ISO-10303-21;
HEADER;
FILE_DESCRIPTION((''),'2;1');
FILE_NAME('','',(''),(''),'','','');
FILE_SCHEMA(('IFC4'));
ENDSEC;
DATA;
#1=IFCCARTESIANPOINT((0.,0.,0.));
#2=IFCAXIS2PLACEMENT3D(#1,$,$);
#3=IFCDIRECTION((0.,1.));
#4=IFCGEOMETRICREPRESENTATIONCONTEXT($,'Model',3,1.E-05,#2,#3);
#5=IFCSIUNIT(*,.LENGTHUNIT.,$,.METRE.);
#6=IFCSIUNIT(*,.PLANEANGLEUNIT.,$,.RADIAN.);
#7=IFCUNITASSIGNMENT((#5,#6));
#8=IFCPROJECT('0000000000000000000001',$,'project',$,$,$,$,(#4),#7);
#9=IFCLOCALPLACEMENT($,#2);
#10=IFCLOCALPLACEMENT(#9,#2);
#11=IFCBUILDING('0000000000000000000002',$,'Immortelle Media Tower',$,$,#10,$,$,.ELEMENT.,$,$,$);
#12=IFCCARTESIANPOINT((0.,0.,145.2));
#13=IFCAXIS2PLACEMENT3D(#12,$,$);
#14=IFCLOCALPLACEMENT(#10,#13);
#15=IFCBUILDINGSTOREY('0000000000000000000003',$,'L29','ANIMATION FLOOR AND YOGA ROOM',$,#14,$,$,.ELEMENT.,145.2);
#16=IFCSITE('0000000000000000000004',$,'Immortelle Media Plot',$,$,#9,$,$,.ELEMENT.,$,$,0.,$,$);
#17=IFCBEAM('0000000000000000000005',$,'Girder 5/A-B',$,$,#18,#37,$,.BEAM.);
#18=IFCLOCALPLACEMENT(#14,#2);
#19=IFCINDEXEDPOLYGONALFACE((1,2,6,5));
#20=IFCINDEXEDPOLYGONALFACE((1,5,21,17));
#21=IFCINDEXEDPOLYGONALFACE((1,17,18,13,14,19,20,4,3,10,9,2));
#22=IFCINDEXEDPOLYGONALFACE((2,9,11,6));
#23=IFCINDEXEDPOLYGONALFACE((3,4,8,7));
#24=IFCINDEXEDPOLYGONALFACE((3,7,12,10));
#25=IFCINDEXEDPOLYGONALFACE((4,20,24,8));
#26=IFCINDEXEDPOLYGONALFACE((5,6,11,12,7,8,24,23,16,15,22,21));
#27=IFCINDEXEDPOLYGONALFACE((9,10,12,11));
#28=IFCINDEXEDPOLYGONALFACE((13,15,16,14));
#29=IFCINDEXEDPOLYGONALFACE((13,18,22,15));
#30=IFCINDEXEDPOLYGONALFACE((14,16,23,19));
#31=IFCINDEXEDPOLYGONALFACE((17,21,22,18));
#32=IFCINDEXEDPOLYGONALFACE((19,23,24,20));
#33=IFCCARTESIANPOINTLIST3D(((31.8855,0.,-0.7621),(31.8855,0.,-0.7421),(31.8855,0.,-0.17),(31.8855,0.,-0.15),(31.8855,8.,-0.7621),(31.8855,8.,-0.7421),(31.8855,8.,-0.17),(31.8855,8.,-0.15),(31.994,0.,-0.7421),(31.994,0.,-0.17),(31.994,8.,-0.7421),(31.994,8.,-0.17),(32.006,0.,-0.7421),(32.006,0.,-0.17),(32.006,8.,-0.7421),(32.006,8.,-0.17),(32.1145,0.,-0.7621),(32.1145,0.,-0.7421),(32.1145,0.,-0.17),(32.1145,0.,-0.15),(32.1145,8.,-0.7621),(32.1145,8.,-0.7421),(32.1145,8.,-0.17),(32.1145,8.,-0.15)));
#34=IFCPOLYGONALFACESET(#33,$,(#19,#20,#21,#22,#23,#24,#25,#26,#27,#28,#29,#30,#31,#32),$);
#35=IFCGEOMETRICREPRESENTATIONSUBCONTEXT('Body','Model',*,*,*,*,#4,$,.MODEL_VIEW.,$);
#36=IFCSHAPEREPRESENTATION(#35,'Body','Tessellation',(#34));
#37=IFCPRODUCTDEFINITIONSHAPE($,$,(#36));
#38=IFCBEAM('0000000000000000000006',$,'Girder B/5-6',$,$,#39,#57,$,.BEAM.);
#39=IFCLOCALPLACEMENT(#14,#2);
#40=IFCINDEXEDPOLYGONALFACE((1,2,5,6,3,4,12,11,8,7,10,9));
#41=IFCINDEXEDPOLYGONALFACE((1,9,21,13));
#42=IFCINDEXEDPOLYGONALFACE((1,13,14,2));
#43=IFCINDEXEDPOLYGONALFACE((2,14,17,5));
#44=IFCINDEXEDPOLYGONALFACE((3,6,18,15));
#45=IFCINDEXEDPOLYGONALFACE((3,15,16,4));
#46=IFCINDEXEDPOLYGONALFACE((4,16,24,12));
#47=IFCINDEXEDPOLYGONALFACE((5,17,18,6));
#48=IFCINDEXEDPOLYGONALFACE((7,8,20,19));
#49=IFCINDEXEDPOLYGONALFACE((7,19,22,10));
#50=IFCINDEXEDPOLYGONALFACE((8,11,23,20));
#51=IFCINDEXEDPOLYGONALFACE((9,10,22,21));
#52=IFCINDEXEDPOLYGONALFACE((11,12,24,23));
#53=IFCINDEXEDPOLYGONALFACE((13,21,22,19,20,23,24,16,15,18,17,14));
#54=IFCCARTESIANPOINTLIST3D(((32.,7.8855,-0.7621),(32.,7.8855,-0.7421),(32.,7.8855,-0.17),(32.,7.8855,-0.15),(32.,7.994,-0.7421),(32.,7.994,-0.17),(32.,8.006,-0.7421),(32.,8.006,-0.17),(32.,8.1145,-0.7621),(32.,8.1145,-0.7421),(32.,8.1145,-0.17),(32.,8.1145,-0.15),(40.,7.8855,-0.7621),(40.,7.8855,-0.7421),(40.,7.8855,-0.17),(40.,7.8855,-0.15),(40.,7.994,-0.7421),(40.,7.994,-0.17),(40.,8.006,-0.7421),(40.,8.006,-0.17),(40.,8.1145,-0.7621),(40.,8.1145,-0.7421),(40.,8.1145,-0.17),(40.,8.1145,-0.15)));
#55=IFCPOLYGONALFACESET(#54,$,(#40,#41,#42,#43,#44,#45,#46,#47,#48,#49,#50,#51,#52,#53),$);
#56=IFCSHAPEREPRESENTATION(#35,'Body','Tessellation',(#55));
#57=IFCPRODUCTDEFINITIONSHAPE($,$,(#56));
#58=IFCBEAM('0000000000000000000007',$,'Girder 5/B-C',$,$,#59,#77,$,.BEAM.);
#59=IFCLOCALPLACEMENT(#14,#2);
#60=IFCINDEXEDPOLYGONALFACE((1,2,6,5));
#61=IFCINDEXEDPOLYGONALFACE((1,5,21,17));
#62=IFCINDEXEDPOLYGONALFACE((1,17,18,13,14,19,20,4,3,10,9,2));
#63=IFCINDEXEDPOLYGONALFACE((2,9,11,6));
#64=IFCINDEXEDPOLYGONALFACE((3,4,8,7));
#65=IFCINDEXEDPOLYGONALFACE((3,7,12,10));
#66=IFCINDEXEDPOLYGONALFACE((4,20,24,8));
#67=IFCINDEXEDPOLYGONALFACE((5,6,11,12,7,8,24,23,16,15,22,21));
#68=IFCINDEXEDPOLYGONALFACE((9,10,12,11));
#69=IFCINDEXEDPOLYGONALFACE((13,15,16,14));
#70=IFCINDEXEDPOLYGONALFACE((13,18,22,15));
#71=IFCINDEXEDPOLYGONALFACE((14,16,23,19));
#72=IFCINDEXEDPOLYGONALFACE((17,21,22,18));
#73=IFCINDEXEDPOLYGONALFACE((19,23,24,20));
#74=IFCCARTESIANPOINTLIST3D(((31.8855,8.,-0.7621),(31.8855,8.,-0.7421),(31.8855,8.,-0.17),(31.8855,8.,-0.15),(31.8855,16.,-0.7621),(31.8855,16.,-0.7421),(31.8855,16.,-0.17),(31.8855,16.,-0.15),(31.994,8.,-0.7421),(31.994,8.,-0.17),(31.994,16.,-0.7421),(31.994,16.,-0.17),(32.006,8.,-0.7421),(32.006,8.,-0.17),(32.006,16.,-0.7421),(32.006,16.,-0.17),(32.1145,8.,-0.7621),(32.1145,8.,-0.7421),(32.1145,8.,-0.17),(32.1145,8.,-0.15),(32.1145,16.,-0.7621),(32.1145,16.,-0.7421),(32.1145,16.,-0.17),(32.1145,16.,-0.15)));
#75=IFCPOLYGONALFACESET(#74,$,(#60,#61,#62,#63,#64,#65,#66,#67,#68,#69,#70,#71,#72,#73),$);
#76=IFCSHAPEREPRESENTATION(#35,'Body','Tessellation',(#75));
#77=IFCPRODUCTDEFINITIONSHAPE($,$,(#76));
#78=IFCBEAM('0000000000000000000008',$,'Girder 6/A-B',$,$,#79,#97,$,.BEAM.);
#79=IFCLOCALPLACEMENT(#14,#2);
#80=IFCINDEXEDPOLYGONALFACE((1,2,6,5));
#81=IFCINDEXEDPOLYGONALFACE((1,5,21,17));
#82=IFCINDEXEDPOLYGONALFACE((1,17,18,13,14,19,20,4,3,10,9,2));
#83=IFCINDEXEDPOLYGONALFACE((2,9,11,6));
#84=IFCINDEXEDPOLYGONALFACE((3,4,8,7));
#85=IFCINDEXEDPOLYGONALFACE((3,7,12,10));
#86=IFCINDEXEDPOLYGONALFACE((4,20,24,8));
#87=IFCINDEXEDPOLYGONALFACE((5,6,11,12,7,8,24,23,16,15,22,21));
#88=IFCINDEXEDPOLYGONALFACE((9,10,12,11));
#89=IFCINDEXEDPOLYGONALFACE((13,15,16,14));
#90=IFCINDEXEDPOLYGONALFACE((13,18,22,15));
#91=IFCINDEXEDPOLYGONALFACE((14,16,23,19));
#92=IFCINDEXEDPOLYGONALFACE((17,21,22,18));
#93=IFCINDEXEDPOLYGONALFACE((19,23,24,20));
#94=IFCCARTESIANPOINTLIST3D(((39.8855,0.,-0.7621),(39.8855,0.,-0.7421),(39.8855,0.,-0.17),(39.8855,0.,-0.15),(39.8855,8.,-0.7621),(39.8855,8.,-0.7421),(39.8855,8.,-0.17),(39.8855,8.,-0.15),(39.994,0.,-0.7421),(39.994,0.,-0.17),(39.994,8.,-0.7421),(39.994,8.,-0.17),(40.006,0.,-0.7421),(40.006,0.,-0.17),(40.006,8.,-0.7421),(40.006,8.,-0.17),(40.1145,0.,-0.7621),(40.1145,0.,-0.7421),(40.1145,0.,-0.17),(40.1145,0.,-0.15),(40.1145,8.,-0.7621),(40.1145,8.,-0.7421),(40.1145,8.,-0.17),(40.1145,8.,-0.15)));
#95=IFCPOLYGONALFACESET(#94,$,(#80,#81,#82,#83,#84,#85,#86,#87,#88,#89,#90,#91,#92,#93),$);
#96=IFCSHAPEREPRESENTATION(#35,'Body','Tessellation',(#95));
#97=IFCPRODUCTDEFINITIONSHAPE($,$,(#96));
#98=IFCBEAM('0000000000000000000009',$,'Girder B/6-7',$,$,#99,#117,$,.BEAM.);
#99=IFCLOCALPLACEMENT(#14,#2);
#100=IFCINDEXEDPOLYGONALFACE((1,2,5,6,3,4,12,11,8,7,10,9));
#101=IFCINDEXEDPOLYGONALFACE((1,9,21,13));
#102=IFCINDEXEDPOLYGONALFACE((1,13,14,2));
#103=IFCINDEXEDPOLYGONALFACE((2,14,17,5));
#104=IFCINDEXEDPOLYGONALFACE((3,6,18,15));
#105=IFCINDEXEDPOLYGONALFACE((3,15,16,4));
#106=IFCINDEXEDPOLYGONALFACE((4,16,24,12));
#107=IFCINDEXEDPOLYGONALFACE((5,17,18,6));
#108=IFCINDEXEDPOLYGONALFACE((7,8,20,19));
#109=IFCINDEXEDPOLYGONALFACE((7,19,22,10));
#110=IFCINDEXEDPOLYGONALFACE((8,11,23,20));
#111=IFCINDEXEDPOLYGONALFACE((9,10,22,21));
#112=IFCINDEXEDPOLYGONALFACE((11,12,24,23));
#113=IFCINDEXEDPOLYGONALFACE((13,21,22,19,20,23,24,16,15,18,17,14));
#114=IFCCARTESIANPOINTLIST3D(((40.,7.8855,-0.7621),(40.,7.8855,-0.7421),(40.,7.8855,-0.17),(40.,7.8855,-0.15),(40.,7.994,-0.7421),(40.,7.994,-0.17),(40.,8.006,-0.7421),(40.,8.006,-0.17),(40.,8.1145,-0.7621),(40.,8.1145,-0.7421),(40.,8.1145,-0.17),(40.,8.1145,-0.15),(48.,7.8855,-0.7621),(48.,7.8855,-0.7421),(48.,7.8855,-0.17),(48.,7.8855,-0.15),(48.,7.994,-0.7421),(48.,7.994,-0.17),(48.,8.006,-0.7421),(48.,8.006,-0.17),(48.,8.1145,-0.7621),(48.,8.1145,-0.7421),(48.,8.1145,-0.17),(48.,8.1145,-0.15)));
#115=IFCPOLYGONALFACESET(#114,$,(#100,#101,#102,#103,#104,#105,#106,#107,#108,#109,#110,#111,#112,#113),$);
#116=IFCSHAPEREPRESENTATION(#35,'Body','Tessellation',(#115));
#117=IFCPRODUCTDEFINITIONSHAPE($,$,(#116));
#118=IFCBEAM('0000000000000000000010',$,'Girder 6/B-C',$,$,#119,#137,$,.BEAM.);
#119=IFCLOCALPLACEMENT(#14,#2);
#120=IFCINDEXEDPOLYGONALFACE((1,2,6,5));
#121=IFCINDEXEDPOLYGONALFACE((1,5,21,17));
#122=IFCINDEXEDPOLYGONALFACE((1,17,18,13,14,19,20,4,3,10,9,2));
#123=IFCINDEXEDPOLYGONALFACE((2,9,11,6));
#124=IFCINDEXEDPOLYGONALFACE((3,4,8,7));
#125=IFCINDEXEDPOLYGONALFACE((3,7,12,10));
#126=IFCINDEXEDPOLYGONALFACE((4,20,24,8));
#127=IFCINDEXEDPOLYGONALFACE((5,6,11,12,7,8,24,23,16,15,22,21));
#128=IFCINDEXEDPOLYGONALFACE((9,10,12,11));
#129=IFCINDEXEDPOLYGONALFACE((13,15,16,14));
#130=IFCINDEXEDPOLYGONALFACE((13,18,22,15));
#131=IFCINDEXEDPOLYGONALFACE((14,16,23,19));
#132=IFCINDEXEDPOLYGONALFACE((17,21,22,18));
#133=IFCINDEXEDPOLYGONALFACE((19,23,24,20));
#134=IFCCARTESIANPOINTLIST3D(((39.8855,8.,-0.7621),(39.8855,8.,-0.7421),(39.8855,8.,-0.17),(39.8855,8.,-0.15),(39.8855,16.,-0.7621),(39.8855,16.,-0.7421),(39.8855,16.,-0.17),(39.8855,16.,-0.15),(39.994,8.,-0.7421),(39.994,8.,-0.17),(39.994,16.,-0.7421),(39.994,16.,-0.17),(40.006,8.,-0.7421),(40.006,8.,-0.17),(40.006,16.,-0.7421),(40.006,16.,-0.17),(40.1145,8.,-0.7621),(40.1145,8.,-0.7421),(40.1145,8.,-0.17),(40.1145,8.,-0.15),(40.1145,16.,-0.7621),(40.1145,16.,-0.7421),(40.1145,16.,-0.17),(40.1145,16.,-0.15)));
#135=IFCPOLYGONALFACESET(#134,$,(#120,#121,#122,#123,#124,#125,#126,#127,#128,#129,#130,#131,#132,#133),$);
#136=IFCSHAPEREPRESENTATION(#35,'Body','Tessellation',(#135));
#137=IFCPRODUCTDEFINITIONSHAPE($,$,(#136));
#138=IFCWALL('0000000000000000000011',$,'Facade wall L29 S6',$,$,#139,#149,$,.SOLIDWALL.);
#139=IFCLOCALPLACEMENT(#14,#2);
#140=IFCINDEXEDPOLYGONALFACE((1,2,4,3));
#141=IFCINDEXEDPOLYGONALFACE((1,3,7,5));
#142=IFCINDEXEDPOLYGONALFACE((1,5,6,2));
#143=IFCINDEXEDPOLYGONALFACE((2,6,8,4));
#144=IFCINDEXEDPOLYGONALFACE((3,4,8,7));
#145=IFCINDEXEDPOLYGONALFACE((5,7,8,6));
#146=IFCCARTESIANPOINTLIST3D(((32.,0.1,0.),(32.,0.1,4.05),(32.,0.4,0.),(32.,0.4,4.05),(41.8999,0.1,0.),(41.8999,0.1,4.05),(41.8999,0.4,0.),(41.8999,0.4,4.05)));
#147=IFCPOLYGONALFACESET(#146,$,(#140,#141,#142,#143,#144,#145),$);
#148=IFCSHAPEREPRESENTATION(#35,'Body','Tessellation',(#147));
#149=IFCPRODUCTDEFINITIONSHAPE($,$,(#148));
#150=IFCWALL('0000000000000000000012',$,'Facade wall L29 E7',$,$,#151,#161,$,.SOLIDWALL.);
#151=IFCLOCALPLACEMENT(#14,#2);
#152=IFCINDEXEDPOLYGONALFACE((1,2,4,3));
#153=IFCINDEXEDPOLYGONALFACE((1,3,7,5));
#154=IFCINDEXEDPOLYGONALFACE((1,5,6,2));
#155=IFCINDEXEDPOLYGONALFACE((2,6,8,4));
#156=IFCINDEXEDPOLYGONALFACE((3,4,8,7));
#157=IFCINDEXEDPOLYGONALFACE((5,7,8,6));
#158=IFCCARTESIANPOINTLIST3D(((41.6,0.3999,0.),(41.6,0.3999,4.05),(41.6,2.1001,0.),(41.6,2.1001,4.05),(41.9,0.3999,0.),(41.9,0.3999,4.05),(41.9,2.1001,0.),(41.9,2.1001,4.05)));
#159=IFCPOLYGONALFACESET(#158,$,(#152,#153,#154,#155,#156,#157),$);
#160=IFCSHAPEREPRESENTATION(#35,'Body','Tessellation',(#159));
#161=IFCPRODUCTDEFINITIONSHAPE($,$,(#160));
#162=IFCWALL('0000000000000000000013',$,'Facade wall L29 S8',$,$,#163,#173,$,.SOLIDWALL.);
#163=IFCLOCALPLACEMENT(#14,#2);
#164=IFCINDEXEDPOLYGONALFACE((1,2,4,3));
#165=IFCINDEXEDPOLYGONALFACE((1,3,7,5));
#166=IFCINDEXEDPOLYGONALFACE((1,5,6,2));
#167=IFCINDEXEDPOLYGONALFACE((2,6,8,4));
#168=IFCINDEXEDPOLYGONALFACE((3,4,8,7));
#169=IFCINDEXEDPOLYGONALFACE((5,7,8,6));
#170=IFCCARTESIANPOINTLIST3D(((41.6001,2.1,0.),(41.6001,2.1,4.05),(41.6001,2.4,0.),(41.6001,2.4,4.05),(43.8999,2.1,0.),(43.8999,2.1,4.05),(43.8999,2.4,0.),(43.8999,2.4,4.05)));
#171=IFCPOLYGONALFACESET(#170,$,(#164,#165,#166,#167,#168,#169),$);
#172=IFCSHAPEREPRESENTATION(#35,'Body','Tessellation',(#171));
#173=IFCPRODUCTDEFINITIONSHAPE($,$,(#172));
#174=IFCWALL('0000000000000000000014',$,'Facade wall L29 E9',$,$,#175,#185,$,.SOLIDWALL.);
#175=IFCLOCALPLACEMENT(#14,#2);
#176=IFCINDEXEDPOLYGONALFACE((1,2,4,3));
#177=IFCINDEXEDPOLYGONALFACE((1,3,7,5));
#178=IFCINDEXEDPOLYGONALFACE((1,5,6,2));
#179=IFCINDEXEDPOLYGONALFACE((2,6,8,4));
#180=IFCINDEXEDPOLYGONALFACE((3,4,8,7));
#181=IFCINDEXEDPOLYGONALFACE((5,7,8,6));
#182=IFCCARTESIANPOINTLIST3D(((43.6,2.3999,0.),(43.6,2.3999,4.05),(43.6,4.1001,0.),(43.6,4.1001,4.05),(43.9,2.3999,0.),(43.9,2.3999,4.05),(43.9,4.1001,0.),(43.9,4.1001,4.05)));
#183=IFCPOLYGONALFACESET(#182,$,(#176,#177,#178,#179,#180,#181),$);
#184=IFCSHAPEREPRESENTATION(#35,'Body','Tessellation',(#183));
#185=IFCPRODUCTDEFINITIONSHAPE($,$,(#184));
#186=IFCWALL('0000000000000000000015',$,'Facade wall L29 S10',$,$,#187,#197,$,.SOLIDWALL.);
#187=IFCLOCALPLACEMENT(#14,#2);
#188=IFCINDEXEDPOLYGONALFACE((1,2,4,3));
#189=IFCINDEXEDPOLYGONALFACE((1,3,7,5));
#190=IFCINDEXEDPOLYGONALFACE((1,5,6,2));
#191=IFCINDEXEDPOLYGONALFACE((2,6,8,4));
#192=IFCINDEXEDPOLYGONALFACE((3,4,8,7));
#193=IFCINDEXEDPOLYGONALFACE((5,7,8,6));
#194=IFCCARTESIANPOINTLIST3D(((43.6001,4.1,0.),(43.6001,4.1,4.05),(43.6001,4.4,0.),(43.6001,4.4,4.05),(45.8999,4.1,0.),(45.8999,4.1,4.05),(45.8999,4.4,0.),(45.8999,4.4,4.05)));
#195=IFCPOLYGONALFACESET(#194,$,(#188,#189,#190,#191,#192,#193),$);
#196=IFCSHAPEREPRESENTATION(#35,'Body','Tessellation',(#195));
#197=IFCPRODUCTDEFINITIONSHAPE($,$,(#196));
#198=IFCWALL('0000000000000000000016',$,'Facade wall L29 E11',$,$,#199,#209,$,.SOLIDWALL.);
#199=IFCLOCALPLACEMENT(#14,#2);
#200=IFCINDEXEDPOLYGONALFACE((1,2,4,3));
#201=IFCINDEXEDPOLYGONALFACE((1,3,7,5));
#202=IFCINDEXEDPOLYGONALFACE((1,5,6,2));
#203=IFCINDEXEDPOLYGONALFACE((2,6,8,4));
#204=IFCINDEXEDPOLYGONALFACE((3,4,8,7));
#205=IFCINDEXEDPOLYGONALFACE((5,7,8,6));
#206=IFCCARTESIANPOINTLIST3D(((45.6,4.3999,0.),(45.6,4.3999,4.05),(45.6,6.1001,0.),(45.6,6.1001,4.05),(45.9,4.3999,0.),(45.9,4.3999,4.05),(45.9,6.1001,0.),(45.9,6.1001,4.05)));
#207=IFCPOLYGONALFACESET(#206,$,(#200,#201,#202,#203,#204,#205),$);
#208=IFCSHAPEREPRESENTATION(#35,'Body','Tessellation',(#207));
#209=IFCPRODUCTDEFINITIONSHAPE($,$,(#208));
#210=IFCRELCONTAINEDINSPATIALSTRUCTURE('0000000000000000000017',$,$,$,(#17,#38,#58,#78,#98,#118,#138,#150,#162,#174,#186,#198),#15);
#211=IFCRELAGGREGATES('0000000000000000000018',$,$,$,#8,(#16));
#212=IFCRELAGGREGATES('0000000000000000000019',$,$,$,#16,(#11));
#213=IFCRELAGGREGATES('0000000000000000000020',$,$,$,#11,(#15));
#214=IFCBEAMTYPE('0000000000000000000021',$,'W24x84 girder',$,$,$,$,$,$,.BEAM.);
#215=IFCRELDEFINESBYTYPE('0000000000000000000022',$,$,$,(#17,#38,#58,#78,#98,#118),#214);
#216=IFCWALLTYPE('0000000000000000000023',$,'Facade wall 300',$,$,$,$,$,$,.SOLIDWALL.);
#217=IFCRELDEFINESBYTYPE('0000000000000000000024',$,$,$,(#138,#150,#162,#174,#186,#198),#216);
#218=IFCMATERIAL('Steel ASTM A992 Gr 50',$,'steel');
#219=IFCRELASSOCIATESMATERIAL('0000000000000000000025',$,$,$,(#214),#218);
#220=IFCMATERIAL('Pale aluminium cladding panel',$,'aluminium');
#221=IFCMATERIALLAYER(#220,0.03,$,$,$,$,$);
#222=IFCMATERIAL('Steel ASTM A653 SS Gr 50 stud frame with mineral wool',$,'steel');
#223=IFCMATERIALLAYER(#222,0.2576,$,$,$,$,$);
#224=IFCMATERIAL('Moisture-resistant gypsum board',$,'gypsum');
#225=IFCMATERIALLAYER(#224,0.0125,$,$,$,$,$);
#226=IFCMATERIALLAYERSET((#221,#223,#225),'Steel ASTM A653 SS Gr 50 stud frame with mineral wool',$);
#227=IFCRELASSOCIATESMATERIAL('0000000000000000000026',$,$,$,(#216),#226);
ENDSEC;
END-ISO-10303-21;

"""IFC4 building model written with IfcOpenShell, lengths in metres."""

from ifc_helpers import new_model, si_unit, direction, frame, frame_2d, origin, origin_2d, place, context, subcontext, project, spatial, rectangle, i_section, extrude, material, layer, layer_set, material_profile, profile_set, type_object, element, save


model = new_model("IFC4")

# Units and contexts
model_context = context("Model", 3, precision=1e-05, world=origin(), true_north=direction((0.0, 1.0)))
body_context = subcontext(model_context, "Body", "Model", "MODEL_VIEW")
ifc_project = project(units=[si_unit("LENGTHUNIT", "METRE"), si_unit("PLANEANGLEUNIT", "RADIAN")], contexts=[model_context])

# Site, building, storey
site_placement = place(None, origin())
site = spatial("IfcSite", under=ifc_project, at=site_placement, Name="Immortelle Media Plot", CompositionType="ELEMENT", RefElevation=0.0)
building_placement = place(site_placement, origin())
building = spatial("IfcBuilding", under=site, at=building_placement, Name="Immortelle Media Tower", CompositionType="ELEMENT")
storey_placement = place(building_placement, frame((0.0, 0.0, 145.2)))
storey = spatial("IfcBuildingStorey", under=building, at=storey_placement, Name="L29", Description="ANIMATION FLOOR AND YOGA ROOM", CompositionType="ELEMENT", Elevation=145.2)

# Shared definitions
ifc_material_1 = material(Name="Steel ASTM A992 Gr 50", Category="steel")

# Beams
ifc_material_profile_1 = material_profile(ifc_material_1, i_section(OverallWidth=0.229, OverallDepth=0.6121, WebThickness=0.012, FlangeThickness=0.02, at=origin_2d()), Name="W24x84")
ifc_profile_set_1 = profile_set([ifc_material_profile_1], Name="Steel ASTM A992 Gr 50")
beam_type_1 = type_object("IfcBeamType", Name="W24x84 girder", PredefinedType="BEAM", material=ifc_profile_set_1)
for number, where, z_axis, x_axis, name in (
    (1, (32.0, 0.0, -0.4561), (0.0, 1.0, 0.0), (-1.0, 0.0, 0.0), "Girder 5/A-B"),
    (2, (32.0, 8.0, -0.4561), (1.0, 0.0, 0.0), (0.0, 1.0, 0.0), "Girder B/5-6"),
    (3, (32.0, 8.0, -0.4561), (0.0, 1.0, 0.0), (-1.0, 0.0, 0.0), "Girder 5/B-C"),
    (4, (40.0, 0.0, -0.4561), (0.0, 1.0, 0.0), (-1.0, 0.0, 0.0), "Girder 6/A-B"),
    (5, (40.0, 8.0, -0.4561), (1.0, 0.0, 0.0), (0.0, 1.0, 0.0), "Girder B/6-7"),
    (6, (40.0, 8.0, -0.4561), (0.0, 1.0, 0.0), (-1.0, 0.0, 0.0), "Girder 6/B-C"),
):
    element("IfcBeam", number, at=place(storey_placement, frame(where, z_axis=z_axis, x_axis=x_axis)), inside=storey, type_object=beam_type_1, Name=name, PredefinedType="BEAM", context=body_context, shape_type="SweptSolid", body=[
        extrude(i_section(OverallWidth=0.229, OverallDepth=0.6121, WebThickness=0.012, FlangeThickness=0.02, at=origin_2d()), origin(), (0.0, 0.0, 1.0), 8.0),
    ])

# Walls
ifc_material_2 = material(Name="Pale aluminium cladding panel", Category="aluminium")
ifc_layer_1 = layer(ifc_material_2, 0.03)
ifc_material_3 = material(Name="Steel ASTM A653 SS Gr 50 stud frame with mineral wool", Category="steel")
ifc_layer_2 = layer(ifc_material_3, 0.2576)
ifc_material_4 = material(Name="Moisture-resistant gypsum board", Category="gypsum")
ifc_layer_3 = layer(ifc_material_4, 0.0125)
ifc_layer_set = layer_set([ifc_layer_1, ifc_layer_2, ifc_layer_3], Name="Steel ASTM A653 SS Gr 50 stud frame with mineral wool")
wall_type = type_object("IfcWallType", Name="Facade wall 300", PredefinedType="SOLIDWALL", material=ifc_layer_set)
wall_1_placement = place(storey_placement, frame((32.0, 0.25, 0.0), z_axis=(0.0, 0.0, 1.0), x_axis=(1.0, 0.0, 0.0)))
element("IfcWall", 7, at=wall_1_placement, inside=storey, type_object=wall_type, Name="Facade wall L29 S6", PredefinedType="SOLIDWALL", context=body_context, shape_type="SweptSolid", body=[
    extrude(rectangle(XDim=9.8999, YDim=0.3, at=frame_2d((4.95, 0.0))), origin(), (0.0, 0.0, 1.0), 4.05),
])
wall_2_placement = place(storey_placement, frame((41.75, 0.3999, 0.0), z_axis=(0.0, 0.0, 1.0), x_axis=(0.0, 1.0, 0.0)))
element("IfcWall", 8, at=wall_2_placement, inside=storey, type_object=wall_type, Name="Facade wall L29 E7", PredefinedType="SOLIDWALL", context=body_context, shape_type="SweptSolid", body=[
    extrude(rectangle(XDim=1.7002, YDim=0.3, at=frame_2d((0.8501, 0.0))), origin(), (0.0, 0.0, 1.0), 4.05),
])
wall_3_placement = place(storey_placement, frame((41.6001, 2.25, 0.0), z_axis=(0.0, 0.0, 1.0), x_axis=(1.0, 0.0, 0.0)))
element("IfcWall", 9, at=wall_3_placement, inside=storey, type_object=wall_type, Name="Facade wall L29 S8", PredefinedType="SOLIDWALL", context=body_context, shape_type="SweptSolid", body=[
    extrude(rectangle(XDim=2.2998, YDim=0.3, at=frame_2d((1.1499, 0.0))), origin(), (0.0, 0.0, 1.0), 4.05),
])
wall_4_placement = place(storey_placement, frame((43.75, 2.3999, 0.0), z_axis=(0.0, 0.0, 1.0), x_axis=(0.0, 1.0, 0.0)))
element("IfcWall", 10, at=wall_4_placement, inside=storey, type_object=wall_type, Name="Facade wall L29 E9", PredefinedType="SOLIDWALL", context=body_context, shape_type="SweptSolid", body=[
    extrude(rectangle(XDim=1.7002, YDim=0.3, at=frame_2d((0.8501, 0.0))), origin(), (0.0, 0.0, 1.0), 4.05),
])
wall_5_placement = place(storey_placement, frame((43.6001, 4.25, 0.0), z_axis=(0.0, 0.0, 1.0), x_axis=(1.0, 0.0, 0.0)))
element("IfcWall", 11, at=wall_5_placement, inside=storey, type_object=wall_type, Name="Facade wall L29 S10", PredefinedType="SOLIDWALL", context=body_context, shape_type="SweptSolid", body=[
    extrude(rectangle(XDim=2.2998, YDim=0.3, at=frame_2d((1.1499, 0.0))), origin(), (0.0, 0.0, 1.0), 4.05),
])
wall_6_placement = place(storey_placement, frame((45.75, 4.3999, 0.0), z_axis=(0.0, 0.0, 1.0), x_axis=(0.0, 1.0, 0.0)))
element("IfcWall", 12, at=wall_6_placement, inside=storey, type_object=wall_type, Name="Facade wall L29 E11", PredefinedType="SOLIDWALL", context=body_context, shape_type="SweptSolid", body=[
    extrude(rectangle(XDim=1.7002, YDim=0.3, at=frame_2d((0.8501, 0.0))), origin(), (0.0, 0.0, 1.0), 4.05),
])

save(model, "model.ifc")
